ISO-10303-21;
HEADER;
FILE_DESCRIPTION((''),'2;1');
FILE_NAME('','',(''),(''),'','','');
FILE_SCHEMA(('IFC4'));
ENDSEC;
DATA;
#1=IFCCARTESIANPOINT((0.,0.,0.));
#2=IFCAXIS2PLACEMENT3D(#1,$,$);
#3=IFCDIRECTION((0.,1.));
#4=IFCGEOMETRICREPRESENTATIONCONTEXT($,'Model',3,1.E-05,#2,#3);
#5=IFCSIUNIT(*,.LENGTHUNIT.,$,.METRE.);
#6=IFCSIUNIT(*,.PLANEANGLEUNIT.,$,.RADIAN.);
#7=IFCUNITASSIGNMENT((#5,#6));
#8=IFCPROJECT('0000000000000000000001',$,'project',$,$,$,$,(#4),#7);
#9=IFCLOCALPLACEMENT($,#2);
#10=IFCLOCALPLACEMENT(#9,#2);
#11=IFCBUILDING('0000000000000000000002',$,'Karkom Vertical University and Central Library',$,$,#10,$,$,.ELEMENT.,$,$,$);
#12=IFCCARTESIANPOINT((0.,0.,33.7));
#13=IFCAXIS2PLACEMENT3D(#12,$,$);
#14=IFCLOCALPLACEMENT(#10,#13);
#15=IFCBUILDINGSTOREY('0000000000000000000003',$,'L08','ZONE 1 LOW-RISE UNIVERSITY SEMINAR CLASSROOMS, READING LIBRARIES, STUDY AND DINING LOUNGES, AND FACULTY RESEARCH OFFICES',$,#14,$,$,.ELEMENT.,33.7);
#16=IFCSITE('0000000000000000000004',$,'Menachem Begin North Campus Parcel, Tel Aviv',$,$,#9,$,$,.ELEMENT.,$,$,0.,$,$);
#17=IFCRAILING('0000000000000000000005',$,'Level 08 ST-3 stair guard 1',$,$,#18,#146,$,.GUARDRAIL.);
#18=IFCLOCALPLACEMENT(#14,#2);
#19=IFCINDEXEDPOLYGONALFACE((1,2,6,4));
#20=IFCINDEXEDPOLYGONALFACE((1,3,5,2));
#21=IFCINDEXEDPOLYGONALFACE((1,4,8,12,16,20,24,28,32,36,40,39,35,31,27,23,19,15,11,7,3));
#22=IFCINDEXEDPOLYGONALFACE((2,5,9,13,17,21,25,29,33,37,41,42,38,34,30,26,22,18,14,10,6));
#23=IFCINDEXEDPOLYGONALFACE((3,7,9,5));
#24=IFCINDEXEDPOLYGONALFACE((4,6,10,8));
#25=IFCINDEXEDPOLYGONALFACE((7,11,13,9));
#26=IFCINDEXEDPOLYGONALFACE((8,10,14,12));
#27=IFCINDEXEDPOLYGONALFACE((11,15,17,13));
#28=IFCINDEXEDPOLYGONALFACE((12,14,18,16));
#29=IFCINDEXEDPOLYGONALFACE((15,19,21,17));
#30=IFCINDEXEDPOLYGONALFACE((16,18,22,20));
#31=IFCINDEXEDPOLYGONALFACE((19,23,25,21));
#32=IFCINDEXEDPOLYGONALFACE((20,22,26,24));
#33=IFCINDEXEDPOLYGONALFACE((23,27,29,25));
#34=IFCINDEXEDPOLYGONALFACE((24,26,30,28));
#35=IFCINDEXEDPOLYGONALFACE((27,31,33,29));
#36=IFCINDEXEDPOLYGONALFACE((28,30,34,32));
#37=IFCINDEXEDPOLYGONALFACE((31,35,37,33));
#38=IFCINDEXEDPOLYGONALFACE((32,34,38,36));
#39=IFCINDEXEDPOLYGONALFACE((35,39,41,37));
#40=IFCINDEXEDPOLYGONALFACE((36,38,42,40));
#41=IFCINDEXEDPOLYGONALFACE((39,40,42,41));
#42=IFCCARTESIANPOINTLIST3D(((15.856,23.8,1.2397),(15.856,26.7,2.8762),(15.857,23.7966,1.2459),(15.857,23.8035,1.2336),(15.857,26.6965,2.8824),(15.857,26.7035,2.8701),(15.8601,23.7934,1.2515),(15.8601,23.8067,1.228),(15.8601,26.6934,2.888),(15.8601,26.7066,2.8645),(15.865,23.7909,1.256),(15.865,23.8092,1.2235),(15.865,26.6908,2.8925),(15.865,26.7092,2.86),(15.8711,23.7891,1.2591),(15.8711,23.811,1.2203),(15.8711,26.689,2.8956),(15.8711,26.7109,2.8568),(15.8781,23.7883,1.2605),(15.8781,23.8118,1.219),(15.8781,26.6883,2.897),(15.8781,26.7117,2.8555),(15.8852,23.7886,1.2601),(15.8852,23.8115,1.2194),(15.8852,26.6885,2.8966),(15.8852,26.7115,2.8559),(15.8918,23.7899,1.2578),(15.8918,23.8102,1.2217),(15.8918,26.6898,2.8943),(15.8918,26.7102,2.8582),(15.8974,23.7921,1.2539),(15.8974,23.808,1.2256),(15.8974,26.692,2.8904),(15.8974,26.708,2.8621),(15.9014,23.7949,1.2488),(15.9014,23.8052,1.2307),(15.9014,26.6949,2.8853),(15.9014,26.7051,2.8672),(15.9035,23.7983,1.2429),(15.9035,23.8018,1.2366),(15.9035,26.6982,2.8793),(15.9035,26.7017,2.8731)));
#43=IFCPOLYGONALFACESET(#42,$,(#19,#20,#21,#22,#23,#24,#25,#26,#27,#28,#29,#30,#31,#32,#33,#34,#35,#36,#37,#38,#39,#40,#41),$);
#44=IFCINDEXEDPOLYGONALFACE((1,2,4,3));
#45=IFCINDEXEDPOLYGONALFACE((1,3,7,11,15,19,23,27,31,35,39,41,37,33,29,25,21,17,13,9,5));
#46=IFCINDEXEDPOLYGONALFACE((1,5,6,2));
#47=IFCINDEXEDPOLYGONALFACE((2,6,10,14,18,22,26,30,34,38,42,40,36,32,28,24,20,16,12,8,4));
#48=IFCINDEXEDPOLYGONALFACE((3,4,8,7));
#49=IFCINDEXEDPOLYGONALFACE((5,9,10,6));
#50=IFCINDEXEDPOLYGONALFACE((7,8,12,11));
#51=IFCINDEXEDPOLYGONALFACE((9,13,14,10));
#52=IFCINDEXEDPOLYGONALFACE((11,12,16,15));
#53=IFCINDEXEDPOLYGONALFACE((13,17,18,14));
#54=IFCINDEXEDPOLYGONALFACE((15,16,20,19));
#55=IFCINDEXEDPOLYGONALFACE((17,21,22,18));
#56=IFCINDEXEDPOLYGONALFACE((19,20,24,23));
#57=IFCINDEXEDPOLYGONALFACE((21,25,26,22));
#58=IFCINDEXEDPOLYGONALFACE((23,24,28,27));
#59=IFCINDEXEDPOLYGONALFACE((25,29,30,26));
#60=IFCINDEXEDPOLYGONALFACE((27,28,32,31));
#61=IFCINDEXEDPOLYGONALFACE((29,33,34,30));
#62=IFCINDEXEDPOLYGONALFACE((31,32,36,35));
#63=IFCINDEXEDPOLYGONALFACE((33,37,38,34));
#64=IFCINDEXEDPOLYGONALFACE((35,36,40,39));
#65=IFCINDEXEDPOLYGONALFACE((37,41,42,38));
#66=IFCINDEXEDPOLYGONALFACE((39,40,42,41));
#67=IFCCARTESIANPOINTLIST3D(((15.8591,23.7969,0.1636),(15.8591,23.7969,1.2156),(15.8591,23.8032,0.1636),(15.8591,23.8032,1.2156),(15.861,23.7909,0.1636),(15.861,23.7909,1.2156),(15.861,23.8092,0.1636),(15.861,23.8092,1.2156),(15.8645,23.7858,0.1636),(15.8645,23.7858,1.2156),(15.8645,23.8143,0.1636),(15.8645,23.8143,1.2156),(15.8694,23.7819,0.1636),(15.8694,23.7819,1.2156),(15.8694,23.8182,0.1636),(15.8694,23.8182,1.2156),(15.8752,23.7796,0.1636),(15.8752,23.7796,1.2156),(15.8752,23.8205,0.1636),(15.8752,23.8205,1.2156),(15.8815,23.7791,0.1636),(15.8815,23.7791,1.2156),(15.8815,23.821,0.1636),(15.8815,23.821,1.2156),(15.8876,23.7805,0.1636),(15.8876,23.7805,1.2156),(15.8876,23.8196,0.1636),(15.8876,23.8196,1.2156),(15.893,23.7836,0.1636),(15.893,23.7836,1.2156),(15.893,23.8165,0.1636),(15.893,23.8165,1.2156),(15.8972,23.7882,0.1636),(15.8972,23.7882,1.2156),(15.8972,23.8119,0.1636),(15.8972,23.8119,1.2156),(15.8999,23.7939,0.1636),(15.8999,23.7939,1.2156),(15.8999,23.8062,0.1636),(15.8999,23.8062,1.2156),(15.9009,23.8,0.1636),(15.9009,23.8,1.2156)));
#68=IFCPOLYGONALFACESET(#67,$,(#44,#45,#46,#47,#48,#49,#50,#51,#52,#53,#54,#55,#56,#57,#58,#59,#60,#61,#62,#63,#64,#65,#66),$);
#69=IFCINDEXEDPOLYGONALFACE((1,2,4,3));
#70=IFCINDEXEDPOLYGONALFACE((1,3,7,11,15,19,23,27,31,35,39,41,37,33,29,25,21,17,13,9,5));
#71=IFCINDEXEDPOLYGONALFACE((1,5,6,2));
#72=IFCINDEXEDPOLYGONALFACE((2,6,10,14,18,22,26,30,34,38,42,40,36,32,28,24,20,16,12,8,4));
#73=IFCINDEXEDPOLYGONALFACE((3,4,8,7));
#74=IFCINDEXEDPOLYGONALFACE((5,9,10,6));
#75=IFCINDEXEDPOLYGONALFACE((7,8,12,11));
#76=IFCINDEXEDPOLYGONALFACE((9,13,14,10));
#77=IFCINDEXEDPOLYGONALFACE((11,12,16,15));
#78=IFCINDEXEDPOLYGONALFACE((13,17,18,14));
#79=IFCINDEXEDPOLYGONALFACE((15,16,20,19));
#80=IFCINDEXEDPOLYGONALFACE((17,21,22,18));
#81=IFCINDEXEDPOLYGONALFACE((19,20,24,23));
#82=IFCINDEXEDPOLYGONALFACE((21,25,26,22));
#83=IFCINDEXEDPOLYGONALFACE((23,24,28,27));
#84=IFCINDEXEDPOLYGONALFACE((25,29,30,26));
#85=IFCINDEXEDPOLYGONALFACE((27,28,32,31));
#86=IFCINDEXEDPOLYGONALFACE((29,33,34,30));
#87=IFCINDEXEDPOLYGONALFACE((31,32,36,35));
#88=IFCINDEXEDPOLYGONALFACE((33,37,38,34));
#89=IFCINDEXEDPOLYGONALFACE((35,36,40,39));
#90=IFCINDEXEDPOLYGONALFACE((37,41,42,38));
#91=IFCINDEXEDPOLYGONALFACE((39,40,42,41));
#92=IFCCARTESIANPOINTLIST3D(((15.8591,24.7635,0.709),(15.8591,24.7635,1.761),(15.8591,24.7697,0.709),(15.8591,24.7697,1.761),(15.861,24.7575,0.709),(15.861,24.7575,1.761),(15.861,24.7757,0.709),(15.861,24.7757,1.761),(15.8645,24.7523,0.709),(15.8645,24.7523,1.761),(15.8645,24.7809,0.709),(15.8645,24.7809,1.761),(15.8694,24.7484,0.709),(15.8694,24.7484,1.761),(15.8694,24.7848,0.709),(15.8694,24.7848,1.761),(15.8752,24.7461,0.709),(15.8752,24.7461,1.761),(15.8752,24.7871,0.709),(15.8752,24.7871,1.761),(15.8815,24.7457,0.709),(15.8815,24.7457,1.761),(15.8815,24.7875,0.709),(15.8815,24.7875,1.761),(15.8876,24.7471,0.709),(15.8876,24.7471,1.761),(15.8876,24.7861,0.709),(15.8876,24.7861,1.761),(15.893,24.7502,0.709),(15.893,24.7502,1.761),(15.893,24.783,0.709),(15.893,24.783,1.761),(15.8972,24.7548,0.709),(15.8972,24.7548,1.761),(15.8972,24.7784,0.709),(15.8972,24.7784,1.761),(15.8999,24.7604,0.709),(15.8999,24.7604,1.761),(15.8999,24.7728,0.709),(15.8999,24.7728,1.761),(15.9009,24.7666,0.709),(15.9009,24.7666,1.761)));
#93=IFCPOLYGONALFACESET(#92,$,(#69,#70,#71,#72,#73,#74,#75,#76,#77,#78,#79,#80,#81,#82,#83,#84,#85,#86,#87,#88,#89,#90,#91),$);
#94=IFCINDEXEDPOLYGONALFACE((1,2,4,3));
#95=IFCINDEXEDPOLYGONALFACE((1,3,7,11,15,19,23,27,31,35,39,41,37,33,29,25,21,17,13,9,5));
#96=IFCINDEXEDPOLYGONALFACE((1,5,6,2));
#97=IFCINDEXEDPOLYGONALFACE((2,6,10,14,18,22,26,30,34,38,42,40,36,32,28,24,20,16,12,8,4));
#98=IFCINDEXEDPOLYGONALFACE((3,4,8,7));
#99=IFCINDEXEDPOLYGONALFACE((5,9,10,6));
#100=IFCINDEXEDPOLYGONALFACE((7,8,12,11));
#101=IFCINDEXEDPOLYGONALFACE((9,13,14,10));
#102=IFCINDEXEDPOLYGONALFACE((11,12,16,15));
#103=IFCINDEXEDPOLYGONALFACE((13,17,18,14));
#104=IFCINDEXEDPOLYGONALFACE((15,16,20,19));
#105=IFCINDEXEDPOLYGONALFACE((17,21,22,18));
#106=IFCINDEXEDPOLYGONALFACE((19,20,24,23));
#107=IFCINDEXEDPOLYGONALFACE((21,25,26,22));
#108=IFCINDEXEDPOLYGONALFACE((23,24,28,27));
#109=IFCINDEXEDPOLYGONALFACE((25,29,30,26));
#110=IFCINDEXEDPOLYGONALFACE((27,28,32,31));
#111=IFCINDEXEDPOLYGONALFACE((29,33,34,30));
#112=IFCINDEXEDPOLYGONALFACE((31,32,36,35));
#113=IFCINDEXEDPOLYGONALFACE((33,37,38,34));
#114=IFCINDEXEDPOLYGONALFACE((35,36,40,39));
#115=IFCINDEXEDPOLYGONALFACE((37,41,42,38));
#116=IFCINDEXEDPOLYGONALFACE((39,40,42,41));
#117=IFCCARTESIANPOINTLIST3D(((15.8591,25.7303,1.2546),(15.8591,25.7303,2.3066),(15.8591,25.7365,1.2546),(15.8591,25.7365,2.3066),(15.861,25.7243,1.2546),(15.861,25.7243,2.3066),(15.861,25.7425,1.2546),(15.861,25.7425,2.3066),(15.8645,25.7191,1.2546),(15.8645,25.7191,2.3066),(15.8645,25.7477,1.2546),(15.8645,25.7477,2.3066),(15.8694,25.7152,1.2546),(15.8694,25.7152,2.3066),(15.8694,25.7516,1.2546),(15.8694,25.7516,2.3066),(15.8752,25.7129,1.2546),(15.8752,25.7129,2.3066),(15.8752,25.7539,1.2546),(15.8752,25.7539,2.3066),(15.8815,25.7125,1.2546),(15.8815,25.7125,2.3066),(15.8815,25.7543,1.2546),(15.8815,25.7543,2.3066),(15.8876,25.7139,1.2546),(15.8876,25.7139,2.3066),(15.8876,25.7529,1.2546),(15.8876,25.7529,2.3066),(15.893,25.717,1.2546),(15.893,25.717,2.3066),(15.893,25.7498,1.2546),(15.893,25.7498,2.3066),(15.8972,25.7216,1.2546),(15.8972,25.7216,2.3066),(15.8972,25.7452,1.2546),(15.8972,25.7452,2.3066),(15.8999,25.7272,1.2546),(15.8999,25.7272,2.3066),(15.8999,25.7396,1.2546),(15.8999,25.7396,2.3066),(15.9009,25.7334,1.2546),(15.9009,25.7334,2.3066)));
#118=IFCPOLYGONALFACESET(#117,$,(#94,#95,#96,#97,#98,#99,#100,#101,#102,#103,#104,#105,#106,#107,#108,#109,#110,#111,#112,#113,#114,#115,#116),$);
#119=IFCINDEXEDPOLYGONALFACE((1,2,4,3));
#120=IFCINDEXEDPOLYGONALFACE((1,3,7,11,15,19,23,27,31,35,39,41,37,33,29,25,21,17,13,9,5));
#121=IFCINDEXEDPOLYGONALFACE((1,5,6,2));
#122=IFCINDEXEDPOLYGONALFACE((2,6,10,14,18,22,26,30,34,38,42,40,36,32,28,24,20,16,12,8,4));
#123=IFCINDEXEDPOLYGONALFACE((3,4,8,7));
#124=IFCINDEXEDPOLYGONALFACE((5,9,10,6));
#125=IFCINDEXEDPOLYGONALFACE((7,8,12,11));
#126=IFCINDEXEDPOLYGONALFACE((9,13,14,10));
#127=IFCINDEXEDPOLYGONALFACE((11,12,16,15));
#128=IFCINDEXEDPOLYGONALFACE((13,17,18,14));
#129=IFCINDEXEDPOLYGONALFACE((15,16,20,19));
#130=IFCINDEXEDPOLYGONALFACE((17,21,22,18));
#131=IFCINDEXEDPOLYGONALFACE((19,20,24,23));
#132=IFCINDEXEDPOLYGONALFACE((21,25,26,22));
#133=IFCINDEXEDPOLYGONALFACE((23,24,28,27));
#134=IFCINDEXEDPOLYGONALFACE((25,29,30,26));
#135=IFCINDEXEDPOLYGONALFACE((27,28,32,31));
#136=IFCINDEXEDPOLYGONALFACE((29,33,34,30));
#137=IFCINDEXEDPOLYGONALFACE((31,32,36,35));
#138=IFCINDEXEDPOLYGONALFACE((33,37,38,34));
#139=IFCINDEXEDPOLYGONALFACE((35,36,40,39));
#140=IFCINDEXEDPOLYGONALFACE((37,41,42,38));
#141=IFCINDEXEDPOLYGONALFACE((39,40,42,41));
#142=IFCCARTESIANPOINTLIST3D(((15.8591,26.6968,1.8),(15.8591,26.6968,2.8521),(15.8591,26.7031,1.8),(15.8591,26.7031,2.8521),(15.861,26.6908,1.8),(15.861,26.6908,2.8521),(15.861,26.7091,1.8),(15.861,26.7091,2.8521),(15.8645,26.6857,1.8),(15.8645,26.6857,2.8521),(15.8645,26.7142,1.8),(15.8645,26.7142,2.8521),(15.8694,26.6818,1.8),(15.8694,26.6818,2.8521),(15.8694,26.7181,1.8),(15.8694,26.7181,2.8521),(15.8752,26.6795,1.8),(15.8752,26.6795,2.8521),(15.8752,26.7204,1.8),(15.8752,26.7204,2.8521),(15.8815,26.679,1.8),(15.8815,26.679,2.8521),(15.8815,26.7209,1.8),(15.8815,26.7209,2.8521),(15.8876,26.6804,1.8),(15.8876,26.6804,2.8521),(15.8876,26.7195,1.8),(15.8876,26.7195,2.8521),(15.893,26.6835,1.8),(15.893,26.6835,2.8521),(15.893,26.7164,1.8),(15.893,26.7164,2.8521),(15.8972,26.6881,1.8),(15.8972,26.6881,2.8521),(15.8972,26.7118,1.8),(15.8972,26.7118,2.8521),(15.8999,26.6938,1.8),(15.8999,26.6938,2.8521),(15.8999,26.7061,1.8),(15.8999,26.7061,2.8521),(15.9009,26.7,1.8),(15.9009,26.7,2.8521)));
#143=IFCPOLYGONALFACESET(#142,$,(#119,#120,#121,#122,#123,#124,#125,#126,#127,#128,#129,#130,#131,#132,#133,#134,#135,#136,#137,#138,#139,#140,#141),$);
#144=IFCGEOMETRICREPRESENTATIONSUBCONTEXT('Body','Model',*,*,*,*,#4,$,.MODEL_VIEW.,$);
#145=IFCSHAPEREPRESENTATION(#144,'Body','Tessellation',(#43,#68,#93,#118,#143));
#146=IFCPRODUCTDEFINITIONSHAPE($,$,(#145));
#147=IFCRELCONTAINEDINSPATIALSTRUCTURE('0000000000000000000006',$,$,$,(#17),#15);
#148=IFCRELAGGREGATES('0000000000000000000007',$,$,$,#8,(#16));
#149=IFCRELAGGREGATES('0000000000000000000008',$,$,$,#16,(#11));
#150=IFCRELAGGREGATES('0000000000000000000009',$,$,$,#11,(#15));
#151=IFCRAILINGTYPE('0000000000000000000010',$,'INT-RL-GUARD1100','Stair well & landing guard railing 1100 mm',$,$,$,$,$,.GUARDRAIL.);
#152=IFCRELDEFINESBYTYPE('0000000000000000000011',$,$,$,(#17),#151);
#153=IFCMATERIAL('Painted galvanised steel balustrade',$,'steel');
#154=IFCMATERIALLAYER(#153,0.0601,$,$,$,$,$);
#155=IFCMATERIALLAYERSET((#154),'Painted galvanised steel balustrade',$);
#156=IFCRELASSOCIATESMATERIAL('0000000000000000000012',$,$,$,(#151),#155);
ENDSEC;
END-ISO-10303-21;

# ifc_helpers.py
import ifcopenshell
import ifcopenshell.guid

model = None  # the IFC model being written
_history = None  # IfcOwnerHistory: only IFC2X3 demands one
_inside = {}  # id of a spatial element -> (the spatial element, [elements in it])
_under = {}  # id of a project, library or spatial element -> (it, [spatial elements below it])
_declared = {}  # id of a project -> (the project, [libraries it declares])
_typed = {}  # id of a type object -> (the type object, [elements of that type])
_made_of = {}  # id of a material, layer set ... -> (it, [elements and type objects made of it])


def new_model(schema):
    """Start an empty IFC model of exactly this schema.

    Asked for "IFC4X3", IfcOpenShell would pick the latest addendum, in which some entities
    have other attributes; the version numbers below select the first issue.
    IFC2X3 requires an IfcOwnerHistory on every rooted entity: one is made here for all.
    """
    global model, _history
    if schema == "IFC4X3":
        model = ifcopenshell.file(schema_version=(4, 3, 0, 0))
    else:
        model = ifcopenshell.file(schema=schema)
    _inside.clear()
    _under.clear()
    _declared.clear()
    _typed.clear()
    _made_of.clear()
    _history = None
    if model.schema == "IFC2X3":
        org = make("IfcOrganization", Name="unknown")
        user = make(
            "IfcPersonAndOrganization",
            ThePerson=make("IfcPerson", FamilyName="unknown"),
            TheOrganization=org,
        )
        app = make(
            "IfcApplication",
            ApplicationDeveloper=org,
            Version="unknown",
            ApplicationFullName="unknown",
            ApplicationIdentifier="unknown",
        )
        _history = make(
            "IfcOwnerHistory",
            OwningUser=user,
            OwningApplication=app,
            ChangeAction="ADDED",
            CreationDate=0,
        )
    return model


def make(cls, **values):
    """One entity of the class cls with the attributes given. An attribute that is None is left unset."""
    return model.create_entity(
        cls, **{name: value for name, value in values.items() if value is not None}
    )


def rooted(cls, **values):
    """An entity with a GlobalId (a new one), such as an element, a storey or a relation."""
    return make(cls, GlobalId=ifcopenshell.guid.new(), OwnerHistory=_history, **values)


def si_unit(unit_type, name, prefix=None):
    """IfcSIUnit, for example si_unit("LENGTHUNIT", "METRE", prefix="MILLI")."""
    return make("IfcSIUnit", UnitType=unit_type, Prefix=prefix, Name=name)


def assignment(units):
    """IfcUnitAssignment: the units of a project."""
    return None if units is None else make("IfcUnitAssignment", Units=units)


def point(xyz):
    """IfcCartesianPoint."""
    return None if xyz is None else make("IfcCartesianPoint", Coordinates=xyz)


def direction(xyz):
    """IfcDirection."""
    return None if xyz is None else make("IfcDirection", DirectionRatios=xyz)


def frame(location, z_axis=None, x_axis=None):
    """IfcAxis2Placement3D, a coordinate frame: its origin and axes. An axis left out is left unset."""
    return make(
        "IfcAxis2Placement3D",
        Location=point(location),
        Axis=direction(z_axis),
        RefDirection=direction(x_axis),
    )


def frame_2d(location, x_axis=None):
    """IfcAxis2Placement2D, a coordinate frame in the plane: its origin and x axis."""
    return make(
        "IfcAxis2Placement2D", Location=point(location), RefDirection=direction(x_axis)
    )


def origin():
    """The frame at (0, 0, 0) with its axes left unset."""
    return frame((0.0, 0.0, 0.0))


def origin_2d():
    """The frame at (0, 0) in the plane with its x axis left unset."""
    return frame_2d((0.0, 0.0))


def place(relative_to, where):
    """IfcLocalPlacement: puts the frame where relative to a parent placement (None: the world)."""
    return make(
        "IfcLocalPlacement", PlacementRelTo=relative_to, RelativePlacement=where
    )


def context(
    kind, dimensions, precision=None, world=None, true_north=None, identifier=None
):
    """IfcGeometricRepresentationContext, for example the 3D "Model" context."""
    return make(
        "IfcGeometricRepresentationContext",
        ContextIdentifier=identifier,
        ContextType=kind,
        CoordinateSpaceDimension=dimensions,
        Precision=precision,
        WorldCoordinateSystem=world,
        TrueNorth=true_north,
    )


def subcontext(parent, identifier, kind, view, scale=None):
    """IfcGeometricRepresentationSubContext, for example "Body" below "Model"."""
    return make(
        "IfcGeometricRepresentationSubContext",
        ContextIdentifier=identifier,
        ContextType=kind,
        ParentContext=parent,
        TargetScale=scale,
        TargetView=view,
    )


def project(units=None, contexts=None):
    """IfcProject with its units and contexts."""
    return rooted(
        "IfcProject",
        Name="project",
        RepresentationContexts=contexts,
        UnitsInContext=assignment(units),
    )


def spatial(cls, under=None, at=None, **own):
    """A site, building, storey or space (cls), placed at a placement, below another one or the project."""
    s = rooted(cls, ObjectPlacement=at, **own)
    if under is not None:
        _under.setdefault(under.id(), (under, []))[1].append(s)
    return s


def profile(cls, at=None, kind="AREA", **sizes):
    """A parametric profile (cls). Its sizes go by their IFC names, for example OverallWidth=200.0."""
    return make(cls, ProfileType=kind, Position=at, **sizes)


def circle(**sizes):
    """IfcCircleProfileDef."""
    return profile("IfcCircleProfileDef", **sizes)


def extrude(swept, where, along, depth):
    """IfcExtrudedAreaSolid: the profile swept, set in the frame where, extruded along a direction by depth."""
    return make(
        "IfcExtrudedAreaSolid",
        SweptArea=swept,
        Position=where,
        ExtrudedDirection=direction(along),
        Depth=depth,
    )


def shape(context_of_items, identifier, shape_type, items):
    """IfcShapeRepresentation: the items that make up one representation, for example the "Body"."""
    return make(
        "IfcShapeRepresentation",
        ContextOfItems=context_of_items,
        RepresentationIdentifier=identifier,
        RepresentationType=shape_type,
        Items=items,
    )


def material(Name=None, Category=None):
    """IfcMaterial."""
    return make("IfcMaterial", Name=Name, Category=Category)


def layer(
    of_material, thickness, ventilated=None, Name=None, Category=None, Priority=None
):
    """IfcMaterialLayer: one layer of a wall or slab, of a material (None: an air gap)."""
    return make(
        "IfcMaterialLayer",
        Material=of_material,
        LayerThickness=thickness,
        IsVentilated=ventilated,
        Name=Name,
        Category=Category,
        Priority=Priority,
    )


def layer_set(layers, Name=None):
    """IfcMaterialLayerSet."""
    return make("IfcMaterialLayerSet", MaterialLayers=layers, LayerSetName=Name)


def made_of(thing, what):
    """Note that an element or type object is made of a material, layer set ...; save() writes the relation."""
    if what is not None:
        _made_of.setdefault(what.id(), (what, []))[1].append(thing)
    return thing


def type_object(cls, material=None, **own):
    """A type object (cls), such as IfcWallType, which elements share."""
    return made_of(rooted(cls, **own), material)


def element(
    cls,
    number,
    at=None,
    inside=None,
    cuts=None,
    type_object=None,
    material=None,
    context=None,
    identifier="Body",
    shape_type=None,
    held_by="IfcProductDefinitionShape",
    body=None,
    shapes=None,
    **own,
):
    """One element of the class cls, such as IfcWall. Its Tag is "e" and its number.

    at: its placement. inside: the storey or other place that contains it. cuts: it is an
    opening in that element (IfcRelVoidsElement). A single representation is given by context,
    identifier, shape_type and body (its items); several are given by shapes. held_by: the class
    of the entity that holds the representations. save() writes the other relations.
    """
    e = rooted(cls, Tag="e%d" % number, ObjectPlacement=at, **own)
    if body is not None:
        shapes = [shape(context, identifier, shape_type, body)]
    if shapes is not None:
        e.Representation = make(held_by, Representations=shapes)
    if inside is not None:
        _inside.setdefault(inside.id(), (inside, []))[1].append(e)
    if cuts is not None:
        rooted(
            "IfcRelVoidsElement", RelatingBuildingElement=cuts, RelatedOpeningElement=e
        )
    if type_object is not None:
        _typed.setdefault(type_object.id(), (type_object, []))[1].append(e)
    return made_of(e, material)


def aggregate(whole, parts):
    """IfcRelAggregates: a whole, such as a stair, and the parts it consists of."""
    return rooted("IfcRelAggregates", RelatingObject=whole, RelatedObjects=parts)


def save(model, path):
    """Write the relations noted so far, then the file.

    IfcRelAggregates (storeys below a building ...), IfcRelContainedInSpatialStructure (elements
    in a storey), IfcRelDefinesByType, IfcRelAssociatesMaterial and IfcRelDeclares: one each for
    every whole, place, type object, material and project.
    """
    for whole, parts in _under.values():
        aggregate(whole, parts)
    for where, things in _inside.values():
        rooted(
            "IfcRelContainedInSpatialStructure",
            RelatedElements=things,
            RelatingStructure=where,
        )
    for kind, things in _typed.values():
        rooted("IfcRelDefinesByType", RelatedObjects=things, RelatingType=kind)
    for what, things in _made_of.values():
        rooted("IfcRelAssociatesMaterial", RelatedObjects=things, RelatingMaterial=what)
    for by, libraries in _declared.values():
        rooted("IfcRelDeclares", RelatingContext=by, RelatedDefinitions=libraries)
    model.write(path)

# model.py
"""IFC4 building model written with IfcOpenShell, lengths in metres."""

from ifc_helpers import new_model, si_unit, direction, frame, origin, origin_2d, place, context, subcontext, project, spatial, circle, extrude, material, layer, layer_set, type_object, element, save


model = new_model("IFC4")

# Units and contexts
model_context = context("Model", 3, precision=1e-05, world=origin(), true_north=direction((0.0, 1.0)))
body_context = subcontext(model_context, "Body", "Model", "MODEL_VIEW")
ifc_project = project(units=[si_unit("LENGTHUNIT", "METRE"), si_unit("PLANEANGLEUNIT", "RADIAN")], contexts=[model_context])

# Site, building, storey
site_placement = place(None, origin())
site = spatial("IfcSite", under=ifc_project, at=site_placement, Name="Menachem Begin North Campus Parcel, Tel Aviv", CompositionType="ELEMENT", RefElevation=0.0)
building_placement = place(site_placement, origin())
building = spatial("IfcBuilding", under=site, at=building_placement, Name="Karkom Vertical University and Central Library", CompositionType="ELEMENT")
storey_placement = place(building_placement, frame((0.0, 0.0, 33.7)))
storey = spatial("IfcBuildingStorey", under=building, at=storey_placement, Name="L08", Description="ZONE 1 LOW-RISE UNIVERSITY SEMINAR CLASSROOMS, READING LIBRARIES, STUDY AND DINING LOUNGES, AND FACULTY RESEARCH OFFICES", CompositionType="ELEMENT", Elevation=33.7)

# Railing
ifc_material_1 = material(Name="Painted galvanised steel balustrade", Category="steel")
ifc_layer_1 = layer(ifc_material_1, 0.0601)
ifc_layer_set_1 = layer_set([ifc_layer_1], Name="Painted galvanised steel balustrade")
railing_type_1 = type_object("IfcRailingType", Name="INT-RL-GUARD1100", Description="Stair well & landing guard railing 1100 mm", PredefinedType="GUARDRAIL", material=ifc_layer_set_1)
railing_1_placement = place(storey_placement, frame((15.8799, 23.8, 0.1636)))
element("IfcRailing", 1, at=railing_1_placement, inside=storey, type_object=railing_type_1, Name="Level 08 ST-3 stair guard 1", PredefinedType="GUARDRAIL", context=body_context, shape_type="SweptSolid", body=[
    extrude(circle(Radius=0.0239, at=origin_2d()), frame((0.0, 0.0, 1.0762), z_axis=(0.0, 0.870897, 0.491465), x_axis=(-1.0, 0.0, 0.0)), (0.0, 0.0, 1.0), 3.3298),
    extrude(circle(Radius=0.021, at=origin_2d()), origin(), (0.0, 0.0, 1.0), 1.052),
    extrude(circle(Radius=0.021, at=origin_2d()), frame((0.0, 0.9666, 0.5454)), (0.0, 0.0, 1.0), 1.052),
    extrude(circle(Radius=0.021, at=origin_2d()), frame((0.0, 1.9333, 1.0911)), (0.0, 0.0, 1.0), 1.052),
    extrude(circle(Radius=0.021, at=origin_2d()), frame((0.0, 2.8999, 1.6365)), (0.0, 0.0, 1.0), 1.052),
])

save(model, "model.ifc")
